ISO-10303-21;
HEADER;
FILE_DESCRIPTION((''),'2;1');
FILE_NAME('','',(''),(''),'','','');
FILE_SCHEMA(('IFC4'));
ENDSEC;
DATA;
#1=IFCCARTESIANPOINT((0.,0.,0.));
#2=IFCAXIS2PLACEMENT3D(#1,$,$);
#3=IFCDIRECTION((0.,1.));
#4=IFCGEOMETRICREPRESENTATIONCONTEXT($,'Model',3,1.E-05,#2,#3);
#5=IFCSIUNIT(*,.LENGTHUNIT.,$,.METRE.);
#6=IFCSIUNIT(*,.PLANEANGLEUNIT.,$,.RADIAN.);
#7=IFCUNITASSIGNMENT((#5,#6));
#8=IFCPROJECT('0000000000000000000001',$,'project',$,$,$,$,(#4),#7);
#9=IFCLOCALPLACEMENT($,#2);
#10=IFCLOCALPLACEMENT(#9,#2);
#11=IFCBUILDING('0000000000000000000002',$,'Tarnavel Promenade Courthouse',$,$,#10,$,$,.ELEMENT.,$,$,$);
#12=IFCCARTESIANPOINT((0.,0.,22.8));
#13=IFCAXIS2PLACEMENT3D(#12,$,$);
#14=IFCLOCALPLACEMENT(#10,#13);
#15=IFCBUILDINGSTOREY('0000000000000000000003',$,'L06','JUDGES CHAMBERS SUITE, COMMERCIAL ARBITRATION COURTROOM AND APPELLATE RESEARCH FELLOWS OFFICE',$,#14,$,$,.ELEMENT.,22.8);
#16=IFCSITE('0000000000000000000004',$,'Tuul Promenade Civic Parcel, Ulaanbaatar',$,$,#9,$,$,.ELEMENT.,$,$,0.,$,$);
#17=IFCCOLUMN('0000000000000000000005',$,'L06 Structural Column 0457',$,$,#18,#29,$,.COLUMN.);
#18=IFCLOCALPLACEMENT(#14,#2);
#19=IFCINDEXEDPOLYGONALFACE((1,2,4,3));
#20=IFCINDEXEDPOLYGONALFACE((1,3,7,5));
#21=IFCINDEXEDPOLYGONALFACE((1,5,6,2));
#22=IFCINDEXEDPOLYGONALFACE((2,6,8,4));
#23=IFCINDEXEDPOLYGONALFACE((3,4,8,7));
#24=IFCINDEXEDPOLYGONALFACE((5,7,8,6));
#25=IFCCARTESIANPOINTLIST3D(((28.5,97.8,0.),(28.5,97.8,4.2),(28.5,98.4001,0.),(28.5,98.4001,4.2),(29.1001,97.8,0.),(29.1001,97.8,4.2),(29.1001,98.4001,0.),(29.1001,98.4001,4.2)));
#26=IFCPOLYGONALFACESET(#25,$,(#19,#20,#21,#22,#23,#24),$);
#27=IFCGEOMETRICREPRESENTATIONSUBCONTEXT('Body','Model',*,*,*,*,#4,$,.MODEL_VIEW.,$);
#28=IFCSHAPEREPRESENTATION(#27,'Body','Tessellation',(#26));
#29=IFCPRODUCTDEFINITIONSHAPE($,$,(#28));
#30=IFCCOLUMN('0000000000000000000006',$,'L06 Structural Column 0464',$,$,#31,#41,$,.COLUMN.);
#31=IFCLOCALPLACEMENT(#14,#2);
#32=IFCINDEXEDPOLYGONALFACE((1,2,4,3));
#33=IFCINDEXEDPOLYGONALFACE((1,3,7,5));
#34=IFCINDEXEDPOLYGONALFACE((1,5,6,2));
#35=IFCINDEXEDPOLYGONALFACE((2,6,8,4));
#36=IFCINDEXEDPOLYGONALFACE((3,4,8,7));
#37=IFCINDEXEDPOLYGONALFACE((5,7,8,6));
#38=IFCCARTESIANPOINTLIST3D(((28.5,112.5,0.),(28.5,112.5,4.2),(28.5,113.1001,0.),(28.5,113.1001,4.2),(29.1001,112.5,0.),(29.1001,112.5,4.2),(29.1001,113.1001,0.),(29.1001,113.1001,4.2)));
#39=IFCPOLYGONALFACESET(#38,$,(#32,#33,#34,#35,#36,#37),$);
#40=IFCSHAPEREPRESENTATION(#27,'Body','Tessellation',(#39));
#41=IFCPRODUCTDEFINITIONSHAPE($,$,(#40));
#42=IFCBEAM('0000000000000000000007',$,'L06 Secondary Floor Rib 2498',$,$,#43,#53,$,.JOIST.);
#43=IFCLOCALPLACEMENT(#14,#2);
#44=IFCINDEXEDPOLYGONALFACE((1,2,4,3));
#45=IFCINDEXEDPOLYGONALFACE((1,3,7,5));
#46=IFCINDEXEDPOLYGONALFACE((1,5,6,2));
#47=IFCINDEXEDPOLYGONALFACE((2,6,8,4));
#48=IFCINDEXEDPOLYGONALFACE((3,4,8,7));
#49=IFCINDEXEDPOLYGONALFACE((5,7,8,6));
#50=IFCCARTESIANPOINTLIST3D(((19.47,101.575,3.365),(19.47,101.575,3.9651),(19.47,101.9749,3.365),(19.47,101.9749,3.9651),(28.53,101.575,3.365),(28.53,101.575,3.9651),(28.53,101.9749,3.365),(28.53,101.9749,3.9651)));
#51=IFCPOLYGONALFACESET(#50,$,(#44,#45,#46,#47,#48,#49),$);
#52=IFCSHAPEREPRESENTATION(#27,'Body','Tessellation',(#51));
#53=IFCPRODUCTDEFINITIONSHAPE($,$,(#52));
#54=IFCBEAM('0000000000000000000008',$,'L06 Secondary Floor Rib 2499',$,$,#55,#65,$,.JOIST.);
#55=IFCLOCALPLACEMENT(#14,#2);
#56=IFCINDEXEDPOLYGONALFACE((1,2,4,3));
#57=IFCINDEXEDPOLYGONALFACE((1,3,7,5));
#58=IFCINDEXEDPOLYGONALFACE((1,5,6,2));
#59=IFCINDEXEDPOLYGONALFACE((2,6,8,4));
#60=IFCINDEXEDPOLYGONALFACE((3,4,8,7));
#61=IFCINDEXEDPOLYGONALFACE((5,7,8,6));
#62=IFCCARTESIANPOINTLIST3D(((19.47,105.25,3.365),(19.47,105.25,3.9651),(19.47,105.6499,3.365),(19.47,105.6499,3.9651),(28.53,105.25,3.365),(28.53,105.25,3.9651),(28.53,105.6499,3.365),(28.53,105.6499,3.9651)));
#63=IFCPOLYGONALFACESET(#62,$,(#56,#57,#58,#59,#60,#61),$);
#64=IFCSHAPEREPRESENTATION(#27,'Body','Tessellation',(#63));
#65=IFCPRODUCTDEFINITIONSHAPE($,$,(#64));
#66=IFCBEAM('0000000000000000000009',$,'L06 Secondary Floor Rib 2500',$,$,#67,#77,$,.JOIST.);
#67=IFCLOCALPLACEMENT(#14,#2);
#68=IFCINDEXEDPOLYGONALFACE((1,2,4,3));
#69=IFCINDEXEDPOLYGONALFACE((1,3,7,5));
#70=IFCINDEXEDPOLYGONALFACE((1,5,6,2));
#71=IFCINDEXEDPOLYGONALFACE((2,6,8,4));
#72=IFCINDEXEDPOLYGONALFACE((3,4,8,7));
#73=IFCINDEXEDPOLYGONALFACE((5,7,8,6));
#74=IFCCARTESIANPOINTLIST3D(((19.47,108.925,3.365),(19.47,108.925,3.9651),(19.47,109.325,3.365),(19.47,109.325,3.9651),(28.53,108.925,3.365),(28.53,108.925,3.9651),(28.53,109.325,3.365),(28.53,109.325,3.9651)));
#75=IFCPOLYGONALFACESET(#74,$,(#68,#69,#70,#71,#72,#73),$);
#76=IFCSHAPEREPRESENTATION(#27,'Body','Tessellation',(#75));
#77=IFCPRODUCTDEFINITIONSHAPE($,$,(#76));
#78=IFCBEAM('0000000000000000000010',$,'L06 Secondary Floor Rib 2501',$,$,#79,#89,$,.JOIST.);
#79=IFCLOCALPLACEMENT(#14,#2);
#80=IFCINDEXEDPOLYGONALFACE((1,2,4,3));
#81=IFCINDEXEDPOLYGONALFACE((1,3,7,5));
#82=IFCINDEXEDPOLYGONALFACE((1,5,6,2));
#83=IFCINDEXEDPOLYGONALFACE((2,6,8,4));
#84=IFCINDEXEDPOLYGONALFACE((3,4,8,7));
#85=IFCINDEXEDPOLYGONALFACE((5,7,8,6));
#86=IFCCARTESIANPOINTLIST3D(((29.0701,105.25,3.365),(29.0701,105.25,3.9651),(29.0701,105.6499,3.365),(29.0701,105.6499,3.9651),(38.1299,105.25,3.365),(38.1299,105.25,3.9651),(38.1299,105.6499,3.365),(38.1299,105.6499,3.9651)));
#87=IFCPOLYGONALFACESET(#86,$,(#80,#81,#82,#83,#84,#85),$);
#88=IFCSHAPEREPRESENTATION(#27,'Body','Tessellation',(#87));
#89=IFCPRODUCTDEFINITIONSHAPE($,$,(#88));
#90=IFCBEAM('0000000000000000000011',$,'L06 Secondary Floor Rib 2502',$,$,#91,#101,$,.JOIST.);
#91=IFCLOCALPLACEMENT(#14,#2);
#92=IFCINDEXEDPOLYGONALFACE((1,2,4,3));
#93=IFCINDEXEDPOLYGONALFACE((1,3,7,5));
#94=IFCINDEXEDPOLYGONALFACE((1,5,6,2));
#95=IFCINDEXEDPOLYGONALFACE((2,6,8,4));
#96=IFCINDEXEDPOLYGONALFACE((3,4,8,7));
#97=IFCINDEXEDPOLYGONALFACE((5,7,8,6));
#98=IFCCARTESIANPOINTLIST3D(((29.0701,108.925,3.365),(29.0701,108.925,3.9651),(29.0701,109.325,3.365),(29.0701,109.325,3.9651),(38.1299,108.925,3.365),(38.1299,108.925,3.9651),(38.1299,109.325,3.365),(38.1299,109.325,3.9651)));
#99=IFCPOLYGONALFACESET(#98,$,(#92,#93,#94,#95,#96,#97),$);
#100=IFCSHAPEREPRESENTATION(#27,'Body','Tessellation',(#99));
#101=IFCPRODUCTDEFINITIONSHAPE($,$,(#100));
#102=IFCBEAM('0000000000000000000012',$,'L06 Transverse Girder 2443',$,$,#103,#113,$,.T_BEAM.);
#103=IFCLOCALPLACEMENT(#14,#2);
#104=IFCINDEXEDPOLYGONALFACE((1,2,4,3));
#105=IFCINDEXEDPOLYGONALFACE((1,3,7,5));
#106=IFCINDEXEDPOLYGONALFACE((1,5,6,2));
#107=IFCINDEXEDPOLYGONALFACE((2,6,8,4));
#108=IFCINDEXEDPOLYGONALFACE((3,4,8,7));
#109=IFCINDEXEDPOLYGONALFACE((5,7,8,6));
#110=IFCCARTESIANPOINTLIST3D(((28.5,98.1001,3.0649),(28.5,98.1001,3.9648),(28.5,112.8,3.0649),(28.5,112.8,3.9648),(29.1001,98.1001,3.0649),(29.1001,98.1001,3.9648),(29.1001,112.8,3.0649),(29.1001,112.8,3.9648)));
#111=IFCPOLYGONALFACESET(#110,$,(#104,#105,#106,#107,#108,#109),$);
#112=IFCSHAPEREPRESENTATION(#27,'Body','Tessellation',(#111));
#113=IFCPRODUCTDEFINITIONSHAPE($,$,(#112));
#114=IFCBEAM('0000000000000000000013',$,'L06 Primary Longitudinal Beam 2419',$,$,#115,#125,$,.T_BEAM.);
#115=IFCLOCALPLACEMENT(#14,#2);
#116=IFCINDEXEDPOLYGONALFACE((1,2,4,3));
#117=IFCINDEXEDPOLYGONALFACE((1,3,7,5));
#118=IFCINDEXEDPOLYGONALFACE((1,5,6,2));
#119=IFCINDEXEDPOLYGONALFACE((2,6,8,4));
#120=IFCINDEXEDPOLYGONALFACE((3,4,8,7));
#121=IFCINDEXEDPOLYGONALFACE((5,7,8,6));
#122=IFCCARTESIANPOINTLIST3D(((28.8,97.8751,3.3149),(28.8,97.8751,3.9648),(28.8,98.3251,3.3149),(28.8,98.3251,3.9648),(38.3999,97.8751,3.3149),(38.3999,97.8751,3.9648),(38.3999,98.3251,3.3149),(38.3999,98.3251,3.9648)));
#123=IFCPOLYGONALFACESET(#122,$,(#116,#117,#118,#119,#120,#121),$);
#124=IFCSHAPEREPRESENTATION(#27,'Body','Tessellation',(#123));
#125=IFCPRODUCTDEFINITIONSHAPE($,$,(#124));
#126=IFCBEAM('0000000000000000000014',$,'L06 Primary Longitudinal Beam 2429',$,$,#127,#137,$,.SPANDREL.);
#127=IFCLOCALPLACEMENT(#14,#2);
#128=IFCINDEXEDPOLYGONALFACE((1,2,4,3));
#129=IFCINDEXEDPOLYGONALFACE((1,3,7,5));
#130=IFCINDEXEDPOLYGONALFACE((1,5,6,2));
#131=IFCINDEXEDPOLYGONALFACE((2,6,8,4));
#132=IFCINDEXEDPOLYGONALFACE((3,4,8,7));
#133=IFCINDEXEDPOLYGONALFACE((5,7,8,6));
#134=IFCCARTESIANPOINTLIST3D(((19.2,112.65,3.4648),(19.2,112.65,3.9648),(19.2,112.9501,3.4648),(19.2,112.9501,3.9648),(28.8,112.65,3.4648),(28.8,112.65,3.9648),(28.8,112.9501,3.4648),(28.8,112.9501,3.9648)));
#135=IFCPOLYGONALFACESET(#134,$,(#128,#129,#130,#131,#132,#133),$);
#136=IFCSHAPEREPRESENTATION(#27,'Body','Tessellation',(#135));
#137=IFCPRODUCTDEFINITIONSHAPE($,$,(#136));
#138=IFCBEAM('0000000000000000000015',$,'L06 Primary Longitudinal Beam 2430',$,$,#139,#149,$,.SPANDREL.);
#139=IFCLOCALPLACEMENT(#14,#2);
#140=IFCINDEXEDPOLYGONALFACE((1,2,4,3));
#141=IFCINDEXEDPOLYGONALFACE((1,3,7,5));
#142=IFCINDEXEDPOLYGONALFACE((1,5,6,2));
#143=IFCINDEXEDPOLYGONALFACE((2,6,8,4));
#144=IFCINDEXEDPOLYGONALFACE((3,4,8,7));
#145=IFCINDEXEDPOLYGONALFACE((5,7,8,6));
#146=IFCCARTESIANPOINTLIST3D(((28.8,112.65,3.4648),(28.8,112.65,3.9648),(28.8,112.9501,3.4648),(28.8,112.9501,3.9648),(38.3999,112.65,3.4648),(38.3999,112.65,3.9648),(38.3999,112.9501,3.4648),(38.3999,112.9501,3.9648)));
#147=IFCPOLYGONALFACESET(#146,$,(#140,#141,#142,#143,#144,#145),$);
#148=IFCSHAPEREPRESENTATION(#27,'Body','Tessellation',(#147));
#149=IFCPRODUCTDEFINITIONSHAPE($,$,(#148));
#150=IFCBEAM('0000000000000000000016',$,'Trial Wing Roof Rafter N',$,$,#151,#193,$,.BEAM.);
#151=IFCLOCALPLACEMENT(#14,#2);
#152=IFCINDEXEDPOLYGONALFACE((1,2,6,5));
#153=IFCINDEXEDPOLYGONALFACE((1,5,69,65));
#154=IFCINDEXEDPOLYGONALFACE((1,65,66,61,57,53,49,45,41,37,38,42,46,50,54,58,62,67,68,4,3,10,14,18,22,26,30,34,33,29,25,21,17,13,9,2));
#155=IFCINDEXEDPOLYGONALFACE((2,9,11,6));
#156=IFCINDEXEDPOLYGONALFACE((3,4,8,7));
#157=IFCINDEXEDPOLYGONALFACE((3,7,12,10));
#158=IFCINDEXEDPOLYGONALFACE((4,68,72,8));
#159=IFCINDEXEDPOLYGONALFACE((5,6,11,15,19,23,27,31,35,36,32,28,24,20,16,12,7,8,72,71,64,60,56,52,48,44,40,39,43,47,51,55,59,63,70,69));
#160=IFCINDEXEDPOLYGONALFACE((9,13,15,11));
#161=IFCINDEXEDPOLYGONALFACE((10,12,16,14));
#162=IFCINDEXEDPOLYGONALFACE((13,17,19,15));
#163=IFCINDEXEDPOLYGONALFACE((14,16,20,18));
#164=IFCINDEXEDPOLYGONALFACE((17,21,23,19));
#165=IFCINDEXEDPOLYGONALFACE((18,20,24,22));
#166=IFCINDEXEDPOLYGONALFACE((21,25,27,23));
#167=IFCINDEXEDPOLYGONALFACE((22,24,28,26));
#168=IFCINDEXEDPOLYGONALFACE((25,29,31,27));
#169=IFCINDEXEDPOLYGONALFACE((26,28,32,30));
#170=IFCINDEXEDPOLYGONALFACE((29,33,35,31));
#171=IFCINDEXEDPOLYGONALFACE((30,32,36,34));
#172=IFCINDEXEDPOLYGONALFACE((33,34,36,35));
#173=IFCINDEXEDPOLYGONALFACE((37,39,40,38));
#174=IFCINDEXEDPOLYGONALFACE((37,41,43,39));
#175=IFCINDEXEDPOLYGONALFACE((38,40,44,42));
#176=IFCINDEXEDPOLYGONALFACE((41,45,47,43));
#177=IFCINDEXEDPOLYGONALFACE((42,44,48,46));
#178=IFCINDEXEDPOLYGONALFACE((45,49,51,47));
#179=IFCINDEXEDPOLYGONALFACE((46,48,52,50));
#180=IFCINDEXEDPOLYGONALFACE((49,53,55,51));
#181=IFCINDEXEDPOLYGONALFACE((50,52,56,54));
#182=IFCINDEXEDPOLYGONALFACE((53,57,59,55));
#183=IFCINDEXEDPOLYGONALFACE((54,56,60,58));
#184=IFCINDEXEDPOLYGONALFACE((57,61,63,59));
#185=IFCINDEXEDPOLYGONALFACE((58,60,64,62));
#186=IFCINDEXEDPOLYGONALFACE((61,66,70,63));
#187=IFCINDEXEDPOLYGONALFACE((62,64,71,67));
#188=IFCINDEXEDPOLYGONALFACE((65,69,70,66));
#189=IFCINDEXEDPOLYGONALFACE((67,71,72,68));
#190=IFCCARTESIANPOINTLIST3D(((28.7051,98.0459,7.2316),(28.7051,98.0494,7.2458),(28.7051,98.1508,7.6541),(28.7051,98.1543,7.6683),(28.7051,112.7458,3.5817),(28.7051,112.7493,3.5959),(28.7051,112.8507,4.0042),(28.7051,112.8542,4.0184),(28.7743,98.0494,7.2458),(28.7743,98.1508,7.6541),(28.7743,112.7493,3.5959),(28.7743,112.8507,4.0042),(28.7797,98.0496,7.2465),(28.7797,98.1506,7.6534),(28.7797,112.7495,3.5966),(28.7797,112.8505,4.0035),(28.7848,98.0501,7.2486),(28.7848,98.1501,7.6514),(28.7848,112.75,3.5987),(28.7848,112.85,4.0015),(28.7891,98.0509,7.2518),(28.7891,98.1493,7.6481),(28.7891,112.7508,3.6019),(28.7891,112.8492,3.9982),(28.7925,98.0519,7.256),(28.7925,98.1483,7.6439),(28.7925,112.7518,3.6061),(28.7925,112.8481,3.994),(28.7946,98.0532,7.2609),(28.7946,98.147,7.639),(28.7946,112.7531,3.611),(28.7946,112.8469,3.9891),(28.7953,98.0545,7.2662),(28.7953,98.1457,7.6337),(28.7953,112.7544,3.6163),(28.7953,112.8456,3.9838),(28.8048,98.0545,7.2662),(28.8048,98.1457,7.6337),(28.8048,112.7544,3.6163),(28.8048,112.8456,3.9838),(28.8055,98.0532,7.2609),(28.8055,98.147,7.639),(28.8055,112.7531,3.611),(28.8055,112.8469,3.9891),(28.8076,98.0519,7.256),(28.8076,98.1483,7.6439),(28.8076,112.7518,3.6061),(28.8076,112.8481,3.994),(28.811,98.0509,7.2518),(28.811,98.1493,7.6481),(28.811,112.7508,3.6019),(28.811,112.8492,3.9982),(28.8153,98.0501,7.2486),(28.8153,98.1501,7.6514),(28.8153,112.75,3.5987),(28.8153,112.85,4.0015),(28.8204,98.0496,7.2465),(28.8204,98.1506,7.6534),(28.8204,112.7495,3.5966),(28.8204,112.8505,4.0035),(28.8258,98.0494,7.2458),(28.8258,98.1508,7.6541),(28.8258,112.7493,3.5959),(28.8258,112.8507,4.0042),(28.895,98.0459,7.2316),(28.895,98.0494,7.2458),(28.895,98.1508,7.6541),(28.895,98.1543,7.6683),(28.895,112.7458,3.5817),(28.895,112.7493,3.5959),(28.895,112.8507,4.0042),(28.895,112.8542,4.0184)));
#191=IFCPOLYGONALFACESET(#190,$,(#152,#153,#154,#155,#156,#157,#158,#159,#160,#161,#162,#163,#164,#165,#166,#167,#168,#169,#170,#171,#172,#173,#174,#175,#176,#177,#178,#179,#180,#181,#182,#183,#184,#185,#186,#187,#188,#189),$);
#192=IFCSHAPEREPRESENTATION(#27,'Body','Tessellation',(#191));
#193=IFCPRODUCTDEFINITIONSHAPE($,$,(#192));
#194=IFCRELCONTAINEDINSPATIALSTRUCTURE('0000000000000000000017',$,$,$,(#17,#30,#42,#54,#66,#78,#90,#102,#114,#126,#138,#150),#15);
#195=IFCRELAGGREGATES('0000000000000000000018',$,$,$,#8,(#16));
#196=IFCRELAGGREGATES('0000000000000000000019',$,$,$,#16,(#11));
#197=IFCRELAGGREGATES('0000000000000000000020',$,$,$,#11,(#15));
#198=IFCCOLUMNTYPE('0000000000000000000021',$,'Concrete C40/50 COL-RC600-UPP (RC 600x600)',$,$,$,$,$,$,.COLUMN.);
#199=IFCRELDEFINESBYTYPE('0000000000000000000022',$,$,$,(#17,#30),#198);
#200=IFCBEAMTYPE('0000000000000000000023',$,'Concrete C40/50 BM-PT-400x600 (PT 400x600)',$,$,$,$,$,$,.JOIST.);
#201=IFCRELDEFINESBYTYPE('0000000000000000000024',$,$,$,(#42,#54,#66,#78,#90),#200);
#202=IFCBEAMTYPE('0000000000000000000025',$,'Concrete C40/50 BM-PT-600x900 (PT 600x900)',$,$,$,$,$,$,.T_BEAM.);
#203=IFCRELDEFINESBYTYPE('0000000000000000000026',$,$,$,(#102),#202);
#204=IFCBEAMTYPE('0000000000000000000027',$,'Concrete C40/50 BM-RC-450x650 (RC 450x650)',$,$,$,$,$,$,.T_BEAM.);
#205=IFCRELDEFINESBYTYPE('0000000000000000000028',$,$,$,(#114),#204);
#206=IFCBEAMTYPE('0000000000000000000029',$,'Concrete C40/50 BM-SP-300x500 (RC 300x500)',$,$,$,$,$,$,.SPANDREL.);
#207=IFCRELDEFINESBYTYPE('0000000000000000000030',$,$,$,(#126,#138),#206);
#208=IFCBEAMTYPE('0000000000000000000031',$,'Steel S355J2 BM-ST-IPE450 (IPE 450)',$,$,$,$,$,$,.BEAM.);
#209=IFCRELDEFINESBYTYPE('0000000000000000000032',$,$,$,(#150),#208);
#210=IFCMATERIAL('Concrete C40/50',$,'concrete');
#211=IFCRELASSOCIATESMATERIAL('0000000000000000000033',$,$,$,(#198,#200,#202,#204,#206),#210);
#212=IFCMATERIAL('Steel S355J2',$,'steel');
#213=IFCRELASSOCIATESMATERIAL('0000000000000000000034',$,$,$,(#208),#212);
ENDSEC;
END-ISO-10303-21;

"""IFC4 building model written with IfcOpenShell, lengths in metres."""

from ifc_helpers import new_model, si_unit, direction, frame, origin, origin_2d, place, context, subcontext, project, spatial, rectangle, i_section, extrude, material, material_profile, profile_set, type_object, element, save


model = new_model("IFC4")

# Units and contexts
model_context = context("Model", 3, precision=1e-05, world=origin(), true_north=direction((0.0, 1.0)))
body_context = subcontext(model_context, "Body", "Model", "MODEL_VIEW")
ifc_project = project(units=[si_unit("LENGTHUNIT", "METRE"), si_unit("PLANEANGLEUNIT", "RADIAN")], contexts=[model_context])

# Site, building, storey
site_placement = place(None, origin())
site = spatial("IfcSite", under=ifc_project, at=site_placement, Name="Tuul Promenade Civic Parcel, Ulaanbaatar", CompositionType="ELEMENT", RefElevation=0.0)
building_placement = place(site_placement, origin())
building = spatial("IfcBuilding", under=site, at=building_placement, Name="Tarnavel Promenade Courthouse", CompositionType="ELEMENT")
storey_placement = place(building_placement, frame((0.0, 0.0, 22.8)))
storey = spatial("IfcBuildingStorey", under=building, at=storey_placement, Name="L06", Description="JUDGES CHAMBERS SUITE, COMMERCIAL ARBITRATION COURTROOM AND APPELLATE RESEARCH FELLOWS OFFICE", CompositionType="ELEMENT", Elevation=22.8)

# Columns
ifc_material_1 = material(Name="Concrete C40/50", Category="concrete")
ifc_material_profile_1 = material_profile(ifc_material_1, rectangle(XDim=0.6001, YDim=0.6001, at=origin_2d()), Name="RC 600x600")
ifc_profile_set_1 = profile_set([ifc_material_profile_1], Name="Concrete C40/50")
column_type = type_object("IfcColumnType", Name="Concrete C40/50 COL-RC600-UPP (RC 600x600)", PredefinedType="COLUMN", material=ifc_profile_set_1)
for number, where, z_axis, x_axis, name in (
    (1, (28.8, 98.1001, 0.0), (0.0, 0.0, 1.0), (1.0, 0.0, 0.0), "L06 Structural Column 0457"),
    (2, (28.8, 112.8, 0.0), (0.0, 0.0, 1.0), (1.0, 0.0, 0.0), "L06 Structural Column 0464"),
):
    element("IfcColumn", number, at=place(storey_placement, frame(where, z_axis=z_axis, x_axis=x_axis)), inside=storey, type_object=column_type, Name=name, PredefinedType="COLUMN", context=body_context, shape_type="SweptSolid", body=[
        extrude(rectangle(XDim=0.6001, YDim=0.6001, at=origin_2d()), origin(), (0.0, 0.0, 1.0), 4.2),
    ])

# Beams
ifc_material_profile_2 = material_profile(ifc_material_1, rectangle(XDim=0.3999, YDim=0.6001, at=origin_2d()), Name="PT 400x600")
ifc_profile_set_2 = profile_set([ifc_material_profile_2], Name="Concrete C40/50")
beam_type_1 = type_object("IfcBeamType", Name="Concrete C40/50 BM-PT-400x600 (PT 400x600)", PredefinedType="JOIST", material=ifc_profile_set_2)
for number, where, z_axis, x_axis, name in (
    (3, (19.47, 101.7749, 3.665), (1.0, 0.0, 0.0), (0.0, 1.0, 0.0), "L06 Secondary Floor Rib 2498"),
    (4, (19.47, 105.45, 3.665), (1.0, 0.0, 0.0), (0.0, 1.0, 0.0), "L06 Secondary Floor Rib 2499"),
    (5, (19.47, 109.125, 3.665), (1.0, 0.0, 0.0), (0.0, 1.0, 0.0), "L06 Secondary Floor Rib 2500"),
):
    element("IfcBeam", number, at=place(storey_placement, frame(where, z_axis=z_axis, x_axis=x_axis)), inside=storey, type_object=beam_type_1, Name=name, PredefinedType="JOIST", context=body_context, shape_type="SweptSolid", body=[
        extrude(rectangle(XDim=0.3999, YDim=0.6001, at=origin_2d()), origin(), (0.0, 0.0, 1.0), 9.0601),
    ])
for number, where, z_axis, x_axis, name in (
    (6, (29.0701, 105.45, 3.665), (1.0, 0.0, 0.0), (0.0, 1.0, 0.0), "L06 Secondary Floor Rib 2501"),
    (7, (29.0701, 109.125, 3.665), (1.0, 0.0, 0.0), (0.0, 1.0, 0.0), "L06 Secondary Floor Rib 2502"),
):
    element("IfcBeam", number, at=place(storey_placement, frame(where, z_axis=z_axis, x_axis=x_axis)), inside=storey, type_object=beam_type_1, Name=name, PredefinedType="JOIST", context=body_context, shape_type="SweptSolid", body=[
        extrude(rectangle(XDim=0.3999, YDim=0.6001, at=origin_2d()), origin(), (0.0, 0.0, 1.0), 9.0598),
    ])
ifc_material_profile_3 = material_profile(ifc_material_1, rectangle(XDim=0.6001, YDim=0.8999, at=origin_2d()), Name="PT 600x900")
ifc_profile_set_3 = profile_set([ifc_material_profile_3], Name="Concrete C40/50")
beam_type_2 = type_object("IfcBeamType", Name="Concrete C40/50 BM-PT-600x900 (PT 600x900)", PredefinedType="T_BEAM", material=ifc_profile_set_3)
beam_1_placement = place(storey_placement, frame((28.8, 98.1001, 3.5149), z_axis=(0.0, 1.0, 0.0), x_axis=(-1.0, 0.0, 0.0)))
element("IfcBeam", 8, at=beam_1_placement, inside=storey, type_object=beam_type_2, Name="L06 Transverse Girder 2443", PredefinedType="T_BEAM", context=body_context, shape_type="SweptSolid", body=[
    extrude(rectangle(XDim=0.6001, YDim=0.8999, at=origin_2d()), origin(), (0.0, 0.0, 1.0), 14.7),
])
ifc_material_profile_4 = material_profile(ifc_material_1, rectangle(XDim=0.45, YDim=0.6499, at=origin_2d()), Name="RC 450x650")
ifc_profile_set_4 = profile_set([ifc_material_profile_4], Name="Concrete C40/50")
beam_type_3 = type_object("IfcBeamType", Name="Concrete C40/50 BM-RC-450x650 (RC 450x650)", PredefinedType="T_BEAM", material=ifc_profile_set_4)
beam_2_placement = place(storey_placement, frame((28.8, 98.1001, 3.6399), z_axis=(1.0, 0.0, 0.0), x_axis=(0.0, 1.0, 0.0)))
element("IfcBeam", 9, at=beam_2_placement, inside=storey, type_object=beam_type_3, Name="L06 Primary Longitudinal Beam 2419", PredefinedType="T_BEAM", context=body_context, shape_type="SweptSolid", body=[
    extrude(rectangle(XDim=0.45, YDim=0.6499, at=origin_2d()), origin(), (0.0, 0.0, 1.0), 9.5999),
])
ifc_material_profile_5 = material_profile(ifc_material_1, rectangle(XDim=0.3, YDim=0.5, at=origin_2d()), Name="RC 300x500")
ifc_profile_set_5 = profile_set([ifc_material_profile_5], Name="Concrete C40/50")
beam_type_4 = type_object("IfcBeamType", Name="Concrete C40/50 BM-SP-300x500 (RC 300x500)", PredefinedType="SPANDREL", material=ifc_profile_set_5)
beam_3_placement = place(storey_placement, frame((19.2, 112.8, 3.7148), z_axis=(1.0, 0.0, 0.0), x_axis=(0.0, 1.0, 0.0)))
element("IfcBeam", 10, at=beam_3_placement, inside=storey, type_object=beam_type_4, Name="L06 Primary Longitudinal Beam 2429", PredefinedType="SPANDREL", context=body_context, shape_type="SweptSolid", body=[
    extrude(rectangle(XDim=0.3, YDim=0.5, at=origin_2d()), origin(), (0.0, 0.0, 1.0), 9.6001),
])
beam_4_placement = place(storey_placement, frame((28.8, 112.8, 3.7148), z_axis=(1.0, 0.0, 0.0), x_axis=(0.0, 1.0, 0.0)))
element("IfcBeam", 11, at=beam_4_placement, inside=storey, type_object=beam_type_4, Name="L06 Primary Longitudinal Beam 2430", PredefinedType="SPANDREL", context=body_context, shape_type="SweptSolid", body=[
    extrude(rectangle(XDim=0.3, YDim=0.5, at=origin_2d()), origin(), (0.0, 0.0, 1.0), 9.5999),
])
ifc_material_2 = material(Name="Steel S355J2", Category="steel")
ifc_material_profile_6 = material_profile(ifc_material_2, i_section(OverallWidth=0.1899, OverallDepth=0.45, WebThickness=0.0095, FlangeThickness=0.0146, FilletRadius=0.021, at=origin_2d()), Name="IPE 450")
ifc_profile_set_6 = profile_set([ifc_material_profile_6], Name="Steel S355J2")
beam_type_5 = type_object("IfcBeamType", Name="Steel S355J2 BM-ST-IPE450 (IPE 450)", PredefinedType="BEAM", material=ifc_profile_set_6)
beam_5_placement = place(storey_placement, frame((28.8, 98.1001, 7.45), z_axis=(0.0, 0.970531, -0.240977), x_axis=(-1.0, 0.0, 0.0)))
element("IfcBeam", 12, at=beam_5_placement, inside=storey, type_object=beam_type_5, Name="Trial Wing Roof Rafter N", PredefinedType="BEAM", context=body_context, shape_type="SweptSolid", body=[
    extrude(i_section(OverallWidth=0.1899, OverallDepth=0.45, WebThickness=0.0095, FlangeThickness=0.0146, FilletRadius=0.021, at=origin_2d()), origin(), (0.0, 0.0, 1.0), 15.1462),
])

save(model, "model.ifc")
